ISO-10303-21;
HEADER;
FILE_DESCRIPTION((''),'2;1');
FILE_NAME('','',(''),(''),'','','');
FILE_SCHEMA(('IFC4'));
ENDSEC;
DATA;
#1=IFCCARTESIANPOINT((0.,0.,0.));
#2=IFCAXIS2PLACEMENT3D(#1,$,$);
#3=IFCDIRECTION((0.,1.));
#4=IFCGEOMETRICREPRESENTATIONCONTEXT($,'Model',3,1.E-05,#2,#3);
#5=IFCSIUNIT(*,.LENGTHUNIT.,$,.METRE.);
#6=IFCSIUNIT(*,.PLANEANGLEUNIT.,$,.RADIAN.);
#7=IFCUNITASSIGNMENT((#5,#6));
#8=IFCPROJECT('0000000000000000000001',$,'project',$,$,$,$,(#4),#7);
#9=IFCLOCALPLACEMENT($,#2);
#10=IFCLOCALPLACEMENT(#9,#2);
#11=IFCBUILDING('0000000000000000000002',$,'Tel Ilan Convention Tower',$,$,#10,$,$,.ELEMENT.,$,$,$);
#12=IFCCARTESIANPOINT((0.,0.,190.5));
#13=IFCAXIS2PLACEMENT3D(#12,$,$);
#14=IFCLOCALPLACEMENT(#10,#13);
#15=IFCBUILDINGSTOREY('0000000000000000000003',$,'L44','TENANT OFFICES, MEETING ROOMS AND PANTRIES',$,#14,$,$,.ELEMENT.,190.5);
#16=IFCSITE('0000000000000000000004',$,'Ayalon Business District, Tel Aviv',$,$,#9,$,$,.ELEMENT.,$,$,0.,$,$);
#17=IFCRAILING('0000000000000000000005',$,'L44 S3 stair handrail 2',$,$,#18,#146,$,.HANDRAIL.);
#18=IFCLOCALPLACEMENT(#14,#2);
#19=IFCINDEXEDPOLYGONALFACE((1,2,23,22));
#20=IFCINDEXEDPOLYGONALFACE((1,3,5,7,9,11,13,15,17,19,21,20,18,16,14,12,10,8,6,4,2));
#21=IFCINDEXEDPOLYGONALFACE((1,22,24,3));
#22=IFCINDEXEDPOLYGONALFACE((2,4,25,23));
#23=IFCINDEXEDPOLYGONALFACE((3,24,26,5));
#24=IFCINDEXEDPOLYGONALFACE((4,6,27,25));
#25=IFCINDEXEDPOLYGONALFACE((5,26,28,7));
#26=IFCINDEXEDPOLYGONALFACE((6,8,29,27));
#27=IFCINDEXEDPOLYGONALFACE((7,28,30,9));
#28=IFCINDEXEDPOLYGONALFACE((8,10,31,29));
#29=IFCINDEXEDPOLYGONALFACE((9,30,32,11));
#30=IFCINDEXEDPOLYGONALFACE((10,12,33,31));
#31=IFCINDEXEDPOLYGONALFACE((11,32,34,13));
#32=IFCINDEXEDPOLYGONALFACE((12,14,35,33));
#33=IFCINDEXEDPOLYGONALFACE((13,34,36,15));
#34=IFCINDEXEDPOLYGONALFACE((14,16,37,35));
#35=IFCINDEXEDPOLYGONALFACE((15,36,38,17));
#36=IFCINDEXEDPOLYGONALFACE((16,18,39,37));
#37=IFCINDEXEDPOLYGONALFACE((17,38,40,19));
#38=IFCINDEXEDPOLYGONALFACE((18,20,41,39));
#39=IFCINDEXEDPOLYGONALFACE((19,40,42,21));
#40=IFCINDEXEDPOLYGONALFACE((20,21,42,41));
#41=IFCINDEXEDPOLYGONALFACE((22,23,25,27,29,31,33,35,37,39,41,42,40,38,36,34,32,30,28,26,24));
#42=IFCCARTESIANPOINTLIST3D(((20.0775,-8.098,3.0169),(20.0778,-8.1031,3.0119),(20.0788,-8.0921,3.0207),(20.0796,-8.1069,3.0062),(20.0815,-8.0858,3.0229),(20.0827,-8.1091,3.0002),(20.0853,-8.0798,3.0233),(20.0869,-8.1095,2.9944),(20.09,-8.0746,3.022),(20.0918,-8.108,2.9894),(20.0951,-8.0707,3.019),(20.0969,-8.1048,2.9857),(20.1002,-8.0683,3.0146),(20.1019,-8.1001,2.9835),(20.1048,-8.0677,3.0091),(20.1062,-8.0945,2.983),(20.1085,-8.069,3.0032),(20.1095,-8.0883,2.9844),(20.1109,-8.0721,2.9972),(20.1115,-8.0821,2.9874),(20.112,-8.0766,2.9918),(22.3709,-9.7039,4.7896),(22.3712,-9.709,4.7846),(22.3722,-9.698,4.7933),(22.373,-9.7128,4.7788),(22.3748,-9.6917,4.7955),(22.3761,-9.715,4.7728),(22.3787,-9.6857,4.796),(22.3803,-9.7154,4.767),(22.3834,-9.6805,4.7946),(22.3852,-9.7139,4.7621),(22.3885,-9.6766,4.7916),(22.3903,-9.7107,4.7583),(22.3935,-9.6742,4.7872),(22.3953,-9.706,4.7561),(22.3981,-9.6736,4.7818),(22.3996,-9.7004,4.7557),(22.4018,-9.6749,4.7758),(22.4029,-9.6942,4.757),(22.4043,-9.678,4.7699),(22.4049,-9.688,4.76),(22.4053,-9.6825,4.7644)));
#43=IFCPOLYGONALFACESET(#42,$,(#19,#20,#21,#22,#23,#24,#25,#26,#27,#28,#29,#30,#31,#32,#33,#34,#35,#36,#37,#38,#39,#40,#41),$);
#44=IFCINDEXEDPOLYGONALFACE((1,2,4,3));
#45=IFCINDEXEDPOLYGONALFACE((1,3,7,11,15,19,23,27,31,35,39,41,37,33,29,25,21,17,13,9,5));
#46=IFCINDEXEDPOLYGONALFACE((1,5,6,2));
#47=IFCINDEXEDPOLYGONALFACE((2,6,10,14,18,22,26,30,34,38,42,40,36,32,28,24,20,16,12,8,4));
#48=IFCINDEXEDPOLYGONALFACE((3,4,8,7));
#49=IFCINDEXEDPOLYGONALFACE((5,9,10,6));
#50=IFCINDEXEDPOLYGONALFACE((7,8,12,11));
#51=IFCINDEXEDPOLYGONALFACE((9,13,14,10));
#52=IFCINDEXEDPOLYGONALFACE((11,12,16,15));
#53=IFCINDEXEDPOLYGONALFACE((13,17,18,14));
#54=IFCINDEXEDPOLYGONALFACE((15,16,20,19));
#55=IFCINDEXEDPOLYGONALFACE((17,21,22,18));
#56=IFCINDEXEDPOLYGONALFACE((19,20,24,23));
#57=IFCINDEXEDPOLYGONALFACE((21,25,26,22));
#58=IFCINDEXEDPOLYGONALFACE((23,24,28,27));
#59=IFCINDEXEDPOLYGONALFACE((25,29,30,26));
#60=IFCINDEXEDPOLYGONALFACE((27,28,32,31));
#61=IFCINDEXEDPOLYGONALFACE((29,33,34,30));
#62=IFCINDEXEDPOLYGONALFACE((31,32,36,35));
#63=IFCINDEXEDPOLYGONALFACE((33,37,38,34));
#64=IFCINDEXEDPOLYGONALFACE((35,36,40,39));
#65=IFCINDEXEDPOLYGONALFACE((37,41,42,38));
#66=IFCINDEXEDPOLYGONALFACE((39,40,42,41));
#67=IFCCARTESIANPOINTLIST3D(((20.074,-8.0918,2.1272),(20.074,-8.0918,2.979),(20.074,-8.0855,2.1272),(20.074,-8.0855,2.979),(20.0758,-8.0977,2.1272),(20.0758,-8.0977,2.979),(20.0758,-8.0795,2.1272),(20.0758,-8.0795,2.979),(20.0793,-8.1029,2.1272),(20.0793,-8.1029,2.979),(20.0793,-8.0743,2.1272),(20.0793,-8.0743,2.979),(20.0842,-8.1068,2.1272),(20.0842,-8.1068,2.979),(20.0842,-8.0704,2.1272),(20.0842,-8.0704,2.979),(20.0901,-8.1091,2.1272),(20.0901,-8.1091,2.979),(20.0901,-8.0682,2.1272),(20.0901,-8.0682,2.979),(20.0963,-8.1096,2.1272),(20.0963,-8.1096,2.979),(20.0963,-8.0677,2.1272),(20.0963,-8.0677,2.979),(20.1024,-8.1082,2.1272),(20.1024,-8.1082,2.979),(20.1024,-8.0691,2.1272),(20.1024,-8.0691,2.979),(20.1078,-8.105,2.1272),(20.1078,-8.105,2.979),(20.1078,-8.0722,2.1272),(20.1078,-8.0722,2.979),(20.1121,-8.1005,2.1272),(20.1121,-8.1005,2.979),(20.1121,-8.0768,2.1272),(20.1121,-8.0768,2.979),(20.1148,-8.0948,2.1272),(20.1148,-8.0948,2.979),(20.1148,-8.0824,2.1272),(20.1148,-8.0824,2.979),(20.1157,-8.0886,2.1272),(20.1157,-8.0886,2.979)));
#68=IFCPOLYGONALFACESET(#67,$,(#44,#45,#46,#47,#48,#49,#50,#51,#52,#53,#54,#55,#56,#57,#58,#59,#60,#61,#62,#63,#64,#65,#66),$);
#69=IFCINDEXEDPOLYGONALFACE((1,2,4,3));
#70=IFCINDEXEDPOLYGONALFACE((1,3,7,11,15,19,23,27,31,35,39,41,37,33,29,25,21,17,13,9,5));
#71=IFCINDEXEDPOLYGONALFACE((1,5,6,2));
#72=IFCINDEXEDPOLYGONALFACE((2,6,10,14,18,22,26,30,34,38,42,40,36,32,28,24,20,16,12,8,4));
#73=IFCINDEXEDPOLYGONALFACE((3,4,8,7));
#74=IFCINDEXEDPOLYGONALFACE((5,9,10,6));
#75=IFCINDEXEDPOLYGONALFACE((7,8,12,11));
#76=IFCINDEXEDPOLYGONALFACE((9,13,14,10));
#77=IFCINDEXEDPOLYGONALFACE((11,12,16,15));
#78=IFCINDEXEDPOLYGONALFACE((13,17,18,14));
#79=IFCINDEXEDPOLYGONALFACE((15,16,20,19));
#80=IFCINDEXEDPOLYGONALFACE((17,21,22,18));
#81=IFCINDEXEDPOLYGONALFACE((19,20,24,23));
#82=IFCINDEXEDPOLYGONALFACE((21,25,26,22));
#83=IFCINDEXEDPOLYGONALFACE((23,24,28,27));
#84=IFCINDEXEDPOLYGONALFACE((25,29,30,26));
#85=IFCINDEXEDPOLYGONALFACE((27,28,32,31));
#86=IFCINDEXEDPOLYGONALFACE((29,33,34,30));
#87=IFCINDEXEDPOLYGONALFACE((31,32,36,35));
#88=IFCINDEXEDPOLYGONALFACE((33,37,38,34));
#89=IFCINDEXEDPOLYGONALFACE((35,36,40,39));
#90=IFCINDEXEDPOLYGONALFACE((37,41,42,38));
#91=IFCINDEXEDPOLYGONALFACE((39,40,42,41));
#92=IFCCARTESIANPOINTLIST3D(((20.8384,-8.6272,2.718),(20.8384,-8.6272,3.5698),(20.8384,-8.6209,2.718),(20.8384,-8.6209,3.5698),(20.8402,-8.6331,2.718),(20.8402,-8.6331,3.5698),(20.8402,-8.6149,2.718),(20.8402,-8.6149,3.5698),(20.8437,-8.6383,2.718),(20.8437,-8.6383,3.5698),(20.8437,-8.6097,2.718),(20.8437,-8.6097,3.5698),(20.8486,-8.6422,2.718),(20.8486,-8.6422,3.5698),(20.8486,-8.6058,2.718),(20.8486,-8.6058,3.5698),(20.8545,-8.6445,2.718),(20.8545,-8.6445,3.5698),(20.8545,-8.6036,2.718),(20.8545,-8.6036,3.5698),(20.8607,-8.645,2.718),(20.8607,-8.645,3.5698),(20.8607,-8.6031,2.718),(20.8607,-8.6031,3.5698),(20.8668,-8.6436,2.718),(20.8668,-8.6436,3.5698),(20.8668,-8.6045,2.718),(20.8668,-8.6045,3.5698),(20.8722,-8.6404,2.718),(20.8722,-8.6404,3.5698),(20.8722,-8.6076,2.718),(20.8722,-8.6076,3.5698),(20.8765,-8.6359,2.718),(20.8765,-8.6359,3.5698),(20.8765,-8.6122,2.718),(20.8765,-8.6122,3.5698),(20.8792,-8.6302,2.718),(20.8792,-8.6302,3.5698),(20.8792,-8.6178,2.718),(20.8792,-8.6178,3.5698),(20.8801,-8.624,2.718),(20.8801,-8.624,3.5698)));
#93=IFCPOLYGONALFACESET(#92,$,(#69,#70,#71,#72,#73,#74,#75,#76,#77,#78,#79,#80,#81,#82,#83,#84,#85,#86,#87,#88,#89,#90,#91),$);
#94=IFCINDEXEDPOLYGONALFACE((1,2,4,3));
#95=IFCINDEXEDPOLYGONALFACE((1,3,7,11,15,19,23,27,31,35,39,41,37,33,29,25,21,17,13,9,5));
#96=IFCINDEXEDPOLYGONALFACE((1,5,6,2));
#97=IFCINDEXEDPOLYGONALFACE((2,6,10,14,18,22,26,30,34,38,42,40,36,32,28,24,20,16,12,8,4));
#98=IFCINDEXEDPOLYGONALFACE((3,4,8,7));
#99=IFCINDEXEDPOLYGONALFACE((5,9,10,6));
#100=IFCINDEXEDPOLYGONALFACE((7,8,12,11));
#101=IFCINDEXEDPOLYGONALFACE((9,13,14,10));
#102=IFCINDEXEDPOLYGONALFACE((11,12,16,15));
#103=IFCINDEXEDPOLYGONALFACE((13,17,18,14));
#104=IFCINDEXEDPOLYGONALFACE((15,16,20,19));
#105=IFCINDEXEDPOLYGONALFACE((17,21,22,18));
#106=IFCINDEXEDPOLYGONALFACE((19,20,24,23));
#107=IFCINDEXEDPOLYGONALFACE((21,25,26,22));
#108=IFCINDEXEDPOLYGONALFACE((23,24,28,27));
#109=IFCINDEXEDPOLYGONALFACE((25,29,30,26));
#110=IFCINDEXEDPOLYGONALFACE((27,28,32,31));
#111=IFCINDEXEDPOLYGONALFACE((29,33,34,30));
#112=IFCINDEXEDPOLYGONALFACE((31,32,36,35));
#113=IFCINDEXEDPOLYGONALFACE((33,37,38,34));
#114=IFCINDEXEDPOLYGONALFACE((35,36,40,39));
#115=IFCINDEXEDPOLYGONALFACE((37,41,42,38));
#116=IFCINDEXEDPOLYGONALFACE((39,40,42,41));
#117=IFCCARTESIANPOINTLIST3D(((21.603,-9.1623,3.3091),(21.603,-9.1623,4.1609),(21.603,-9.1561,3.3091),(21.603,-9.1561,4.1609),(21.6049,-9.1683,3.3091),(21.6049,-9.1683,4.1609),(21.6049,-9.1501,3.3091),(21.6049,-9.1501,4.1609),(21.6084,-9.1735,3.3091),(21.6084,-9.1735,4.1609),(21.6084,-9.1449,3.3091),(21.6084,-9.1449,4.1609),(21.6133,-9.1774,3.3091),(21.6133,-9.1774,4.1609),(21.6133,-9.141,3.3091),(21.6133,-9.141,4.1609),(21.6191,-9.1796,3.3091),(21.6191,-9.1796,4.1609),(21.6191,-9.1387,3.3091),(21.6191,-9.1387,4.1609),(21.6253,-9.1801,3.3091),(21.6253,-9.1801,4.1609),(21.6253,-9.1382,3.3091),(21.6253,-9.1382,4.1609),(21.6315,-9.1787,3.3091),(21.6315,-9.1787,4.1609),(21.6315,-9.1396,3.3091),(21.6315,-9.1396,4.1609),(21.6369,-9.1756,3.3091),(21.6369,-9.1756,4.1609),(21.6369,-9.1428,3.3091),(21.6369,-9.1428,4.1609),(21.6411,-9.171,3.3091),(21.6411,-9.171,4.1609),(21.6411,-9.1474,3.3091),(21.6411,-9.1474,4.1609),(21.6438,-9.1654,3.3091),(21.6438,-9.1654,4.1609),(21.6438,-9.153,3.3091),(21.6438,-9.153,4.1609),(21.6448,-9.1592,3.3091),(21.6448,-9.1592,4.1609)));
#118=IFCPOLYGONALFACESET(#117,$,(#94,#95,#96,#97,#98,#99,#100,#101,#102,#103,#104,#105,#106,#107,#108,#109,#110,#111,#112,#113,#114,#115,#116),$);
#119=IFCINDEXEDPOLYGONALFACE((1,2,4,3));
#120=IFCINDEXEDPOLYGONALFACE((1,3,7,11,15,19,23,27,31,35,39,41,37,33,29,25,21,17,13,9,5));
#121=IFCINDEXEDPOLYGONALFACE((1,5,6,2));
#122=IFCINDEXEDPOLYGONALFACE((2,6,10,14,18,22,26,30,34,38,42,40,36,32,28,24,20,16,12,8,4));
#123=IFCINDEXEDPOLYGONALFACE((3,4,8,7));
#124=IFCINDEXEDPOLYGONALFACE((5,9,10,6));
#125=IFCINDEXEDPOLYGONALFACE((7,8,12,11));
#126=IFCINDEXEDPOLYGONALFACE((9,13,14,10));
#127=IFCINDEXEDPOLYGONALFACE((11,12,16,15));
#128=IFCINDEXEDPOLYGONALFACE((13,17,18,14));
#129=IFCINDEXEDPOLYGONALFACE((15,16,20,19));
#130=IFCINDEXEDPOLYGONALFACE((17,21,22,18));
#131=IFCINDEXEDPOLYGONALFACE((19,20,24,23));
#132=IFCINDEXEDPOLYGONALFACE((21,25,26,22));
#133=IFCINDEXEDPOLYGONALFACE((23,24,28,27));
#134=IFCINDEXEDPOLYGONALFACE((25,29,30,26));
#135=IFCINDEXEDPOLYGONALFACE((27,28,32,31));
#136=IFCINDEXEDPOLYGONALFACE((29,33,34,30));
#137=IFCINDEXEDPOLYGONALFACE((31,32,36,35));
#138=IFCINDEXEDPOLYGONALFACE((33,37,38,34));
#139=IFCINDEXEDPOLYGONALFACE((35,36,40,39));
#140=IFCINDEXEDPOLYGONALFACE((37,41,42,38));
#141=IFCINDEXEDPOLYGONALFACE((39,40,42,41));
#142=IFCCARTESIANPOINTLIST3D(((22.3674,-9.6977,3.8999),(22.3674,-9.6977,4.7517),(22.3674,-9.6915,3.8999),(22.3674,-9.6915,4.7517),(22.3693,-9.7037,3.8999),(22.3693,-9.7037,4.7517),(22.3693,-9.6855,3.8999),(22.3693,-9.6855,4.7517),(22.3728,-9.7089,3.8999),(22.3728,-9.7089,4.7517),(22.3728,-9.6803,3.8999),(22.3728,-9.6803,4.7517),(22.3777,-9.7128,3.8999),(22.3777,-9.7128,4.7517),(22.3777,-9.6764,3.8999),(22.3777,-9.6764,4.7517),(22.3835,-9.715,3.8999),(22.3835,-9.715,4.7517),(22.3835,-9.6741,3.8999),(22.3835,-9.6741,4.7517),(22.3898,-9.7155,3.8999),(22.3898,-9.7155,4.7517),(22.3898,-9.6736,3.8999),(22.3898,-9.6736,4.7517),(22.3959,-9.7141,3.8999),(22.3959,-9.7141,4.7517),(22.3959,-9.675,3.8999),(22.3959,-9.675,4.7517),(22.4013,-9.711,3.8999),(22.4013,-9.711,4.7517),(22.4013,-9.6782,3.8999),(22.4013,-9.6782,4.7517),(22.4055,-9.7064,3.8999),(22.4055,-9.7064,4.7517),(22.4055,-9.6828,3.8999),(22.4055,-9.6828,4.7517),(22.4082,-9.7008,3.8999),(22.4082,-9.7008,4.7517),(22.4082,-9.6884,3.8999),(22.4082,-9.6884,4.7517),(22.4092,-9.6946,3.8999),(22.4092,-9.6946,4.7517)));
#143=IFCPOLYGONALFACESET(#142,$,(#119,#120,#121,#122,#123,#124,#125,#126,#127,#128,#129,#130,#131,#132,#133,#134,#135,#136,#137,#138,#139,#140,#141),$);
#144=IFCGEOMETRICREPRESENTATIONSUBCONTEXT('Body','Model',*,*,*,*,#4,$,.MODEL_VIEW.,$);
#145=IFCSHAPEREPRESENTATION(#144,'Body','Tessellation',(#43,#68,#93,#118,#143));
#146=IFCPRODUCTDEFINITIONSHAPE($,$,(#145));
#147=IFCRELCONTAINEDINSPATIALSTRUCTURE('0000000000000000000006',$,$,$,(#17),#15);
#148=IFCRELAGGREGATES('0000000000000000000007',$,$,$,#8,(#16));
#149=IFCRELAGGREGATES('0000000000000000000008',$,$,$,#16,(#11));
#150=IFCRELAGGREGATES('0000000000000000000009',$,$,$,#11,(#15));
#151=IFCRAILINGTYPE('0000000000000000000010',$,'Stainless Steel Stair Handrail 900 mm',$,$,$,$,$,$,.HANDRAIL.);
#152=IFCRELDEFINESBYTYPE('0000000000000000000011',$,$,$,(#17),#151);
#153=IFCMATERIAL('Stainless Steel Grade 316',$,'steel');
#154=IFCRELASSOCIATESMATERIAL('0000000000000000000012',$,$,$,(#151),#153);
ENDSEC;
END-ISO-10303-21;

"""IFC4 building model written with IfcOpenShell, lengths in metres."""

from ifc_helpers import new_model, si_unit, direction, frame, origin, origin_2d, place, context, subcontext, project, spatial, circle, extrude, material, type_object, element, save


model = new_model("IFC4")

# Units and contexts
model_context = context("Model", 3, precision=1e-05, world=origin(), true_north=direction((0.0, 1.0)))
body_context = subcontext(model_context, "Body", "Model", "MODEL_VIEW")
ifc_project = project(units=[si_unit("LENGTHUNIT", "METRE"), si_unit("PLANEANGLEUNIT", "RADIAN")], contexts=[model_context])

# Site, building, storey
site_placement = place(None, origin())
site = spatial("IfcSite", under=ifc_project, at=site_placement, Name="Ayalon Business District, Tel Aviv", CompositionType="ELEMENT", RefElevation=0.0)
building_placement = place(site_placement, origin())
building = spatial("IfcBuilding", under=site, at=building_placement, Name="Tel Ilan Convention Tower", CompositionType="ELEMENT")
storey_placement = place(building_placement, frame((0.0, 0.0, 190.5)))
storey = spatial("IfcBuildingStorey", under=building, at=storey_placement, Name="L44", Description="TENANT OFFICES, MEETING ROOMS AND PANTRIES", CompositionType="ELEMENT", Elevation=190.5)

# Railing
ifc_material_1 = material(Name="Stainless Steel Grade 316", Category="steel")
railing_type_1 = type_object("IfcRailingType", Name="Stainless Steel Stair Handrail 900 mm", PredefinedType="HANDRAIL", material=ifc_material_1)
railing_1_placement = place(storey_placement, frame((20.0947, -8.0886, 2.1272)))
element("IfcRailing", 1, at=railing_1_placement, inside=storey, type_object=railing_type_1, Name="L44 S3 stair handrail 2", PredefinedType="HANDRAIL", context=body_context, shape_type="SweptSolid", body=[
    extrude(circle(Radius=0.0239, at=origin_2d()), frame((0.0, 0.0, 0.876), z_axis=(0.692085, -0.484621, 0.53494), x_axis=(0.573591, 0.819142, 0.0)), (0.0, 0.0, 1.0), 3.3137),
    extrude(circle(Radius=0.021, at=origin_2d()), origin(), (0.0, 0.0, 1.0), 0.8518),
    extrude(circle(Radius=0.021, at=origin_2d()), frame((0.7644, -0.5354, 0.5908)), (0.0, 0.0, 1.0), 0.8518),
    extrude(circle(Radius=0.021, at=origin_2d()), frame((1.5291, -1.0706, 1.1819)), (0.0, 0.0, 1.0), 0.8518),
    extrude(circle(Radius=0.021, at=origin_2d()), frame((2.2935, -1.606, 1.7727)), (0.0, 0.0, 1.0), 0.8518),
])

save(model, "model.ifc")
